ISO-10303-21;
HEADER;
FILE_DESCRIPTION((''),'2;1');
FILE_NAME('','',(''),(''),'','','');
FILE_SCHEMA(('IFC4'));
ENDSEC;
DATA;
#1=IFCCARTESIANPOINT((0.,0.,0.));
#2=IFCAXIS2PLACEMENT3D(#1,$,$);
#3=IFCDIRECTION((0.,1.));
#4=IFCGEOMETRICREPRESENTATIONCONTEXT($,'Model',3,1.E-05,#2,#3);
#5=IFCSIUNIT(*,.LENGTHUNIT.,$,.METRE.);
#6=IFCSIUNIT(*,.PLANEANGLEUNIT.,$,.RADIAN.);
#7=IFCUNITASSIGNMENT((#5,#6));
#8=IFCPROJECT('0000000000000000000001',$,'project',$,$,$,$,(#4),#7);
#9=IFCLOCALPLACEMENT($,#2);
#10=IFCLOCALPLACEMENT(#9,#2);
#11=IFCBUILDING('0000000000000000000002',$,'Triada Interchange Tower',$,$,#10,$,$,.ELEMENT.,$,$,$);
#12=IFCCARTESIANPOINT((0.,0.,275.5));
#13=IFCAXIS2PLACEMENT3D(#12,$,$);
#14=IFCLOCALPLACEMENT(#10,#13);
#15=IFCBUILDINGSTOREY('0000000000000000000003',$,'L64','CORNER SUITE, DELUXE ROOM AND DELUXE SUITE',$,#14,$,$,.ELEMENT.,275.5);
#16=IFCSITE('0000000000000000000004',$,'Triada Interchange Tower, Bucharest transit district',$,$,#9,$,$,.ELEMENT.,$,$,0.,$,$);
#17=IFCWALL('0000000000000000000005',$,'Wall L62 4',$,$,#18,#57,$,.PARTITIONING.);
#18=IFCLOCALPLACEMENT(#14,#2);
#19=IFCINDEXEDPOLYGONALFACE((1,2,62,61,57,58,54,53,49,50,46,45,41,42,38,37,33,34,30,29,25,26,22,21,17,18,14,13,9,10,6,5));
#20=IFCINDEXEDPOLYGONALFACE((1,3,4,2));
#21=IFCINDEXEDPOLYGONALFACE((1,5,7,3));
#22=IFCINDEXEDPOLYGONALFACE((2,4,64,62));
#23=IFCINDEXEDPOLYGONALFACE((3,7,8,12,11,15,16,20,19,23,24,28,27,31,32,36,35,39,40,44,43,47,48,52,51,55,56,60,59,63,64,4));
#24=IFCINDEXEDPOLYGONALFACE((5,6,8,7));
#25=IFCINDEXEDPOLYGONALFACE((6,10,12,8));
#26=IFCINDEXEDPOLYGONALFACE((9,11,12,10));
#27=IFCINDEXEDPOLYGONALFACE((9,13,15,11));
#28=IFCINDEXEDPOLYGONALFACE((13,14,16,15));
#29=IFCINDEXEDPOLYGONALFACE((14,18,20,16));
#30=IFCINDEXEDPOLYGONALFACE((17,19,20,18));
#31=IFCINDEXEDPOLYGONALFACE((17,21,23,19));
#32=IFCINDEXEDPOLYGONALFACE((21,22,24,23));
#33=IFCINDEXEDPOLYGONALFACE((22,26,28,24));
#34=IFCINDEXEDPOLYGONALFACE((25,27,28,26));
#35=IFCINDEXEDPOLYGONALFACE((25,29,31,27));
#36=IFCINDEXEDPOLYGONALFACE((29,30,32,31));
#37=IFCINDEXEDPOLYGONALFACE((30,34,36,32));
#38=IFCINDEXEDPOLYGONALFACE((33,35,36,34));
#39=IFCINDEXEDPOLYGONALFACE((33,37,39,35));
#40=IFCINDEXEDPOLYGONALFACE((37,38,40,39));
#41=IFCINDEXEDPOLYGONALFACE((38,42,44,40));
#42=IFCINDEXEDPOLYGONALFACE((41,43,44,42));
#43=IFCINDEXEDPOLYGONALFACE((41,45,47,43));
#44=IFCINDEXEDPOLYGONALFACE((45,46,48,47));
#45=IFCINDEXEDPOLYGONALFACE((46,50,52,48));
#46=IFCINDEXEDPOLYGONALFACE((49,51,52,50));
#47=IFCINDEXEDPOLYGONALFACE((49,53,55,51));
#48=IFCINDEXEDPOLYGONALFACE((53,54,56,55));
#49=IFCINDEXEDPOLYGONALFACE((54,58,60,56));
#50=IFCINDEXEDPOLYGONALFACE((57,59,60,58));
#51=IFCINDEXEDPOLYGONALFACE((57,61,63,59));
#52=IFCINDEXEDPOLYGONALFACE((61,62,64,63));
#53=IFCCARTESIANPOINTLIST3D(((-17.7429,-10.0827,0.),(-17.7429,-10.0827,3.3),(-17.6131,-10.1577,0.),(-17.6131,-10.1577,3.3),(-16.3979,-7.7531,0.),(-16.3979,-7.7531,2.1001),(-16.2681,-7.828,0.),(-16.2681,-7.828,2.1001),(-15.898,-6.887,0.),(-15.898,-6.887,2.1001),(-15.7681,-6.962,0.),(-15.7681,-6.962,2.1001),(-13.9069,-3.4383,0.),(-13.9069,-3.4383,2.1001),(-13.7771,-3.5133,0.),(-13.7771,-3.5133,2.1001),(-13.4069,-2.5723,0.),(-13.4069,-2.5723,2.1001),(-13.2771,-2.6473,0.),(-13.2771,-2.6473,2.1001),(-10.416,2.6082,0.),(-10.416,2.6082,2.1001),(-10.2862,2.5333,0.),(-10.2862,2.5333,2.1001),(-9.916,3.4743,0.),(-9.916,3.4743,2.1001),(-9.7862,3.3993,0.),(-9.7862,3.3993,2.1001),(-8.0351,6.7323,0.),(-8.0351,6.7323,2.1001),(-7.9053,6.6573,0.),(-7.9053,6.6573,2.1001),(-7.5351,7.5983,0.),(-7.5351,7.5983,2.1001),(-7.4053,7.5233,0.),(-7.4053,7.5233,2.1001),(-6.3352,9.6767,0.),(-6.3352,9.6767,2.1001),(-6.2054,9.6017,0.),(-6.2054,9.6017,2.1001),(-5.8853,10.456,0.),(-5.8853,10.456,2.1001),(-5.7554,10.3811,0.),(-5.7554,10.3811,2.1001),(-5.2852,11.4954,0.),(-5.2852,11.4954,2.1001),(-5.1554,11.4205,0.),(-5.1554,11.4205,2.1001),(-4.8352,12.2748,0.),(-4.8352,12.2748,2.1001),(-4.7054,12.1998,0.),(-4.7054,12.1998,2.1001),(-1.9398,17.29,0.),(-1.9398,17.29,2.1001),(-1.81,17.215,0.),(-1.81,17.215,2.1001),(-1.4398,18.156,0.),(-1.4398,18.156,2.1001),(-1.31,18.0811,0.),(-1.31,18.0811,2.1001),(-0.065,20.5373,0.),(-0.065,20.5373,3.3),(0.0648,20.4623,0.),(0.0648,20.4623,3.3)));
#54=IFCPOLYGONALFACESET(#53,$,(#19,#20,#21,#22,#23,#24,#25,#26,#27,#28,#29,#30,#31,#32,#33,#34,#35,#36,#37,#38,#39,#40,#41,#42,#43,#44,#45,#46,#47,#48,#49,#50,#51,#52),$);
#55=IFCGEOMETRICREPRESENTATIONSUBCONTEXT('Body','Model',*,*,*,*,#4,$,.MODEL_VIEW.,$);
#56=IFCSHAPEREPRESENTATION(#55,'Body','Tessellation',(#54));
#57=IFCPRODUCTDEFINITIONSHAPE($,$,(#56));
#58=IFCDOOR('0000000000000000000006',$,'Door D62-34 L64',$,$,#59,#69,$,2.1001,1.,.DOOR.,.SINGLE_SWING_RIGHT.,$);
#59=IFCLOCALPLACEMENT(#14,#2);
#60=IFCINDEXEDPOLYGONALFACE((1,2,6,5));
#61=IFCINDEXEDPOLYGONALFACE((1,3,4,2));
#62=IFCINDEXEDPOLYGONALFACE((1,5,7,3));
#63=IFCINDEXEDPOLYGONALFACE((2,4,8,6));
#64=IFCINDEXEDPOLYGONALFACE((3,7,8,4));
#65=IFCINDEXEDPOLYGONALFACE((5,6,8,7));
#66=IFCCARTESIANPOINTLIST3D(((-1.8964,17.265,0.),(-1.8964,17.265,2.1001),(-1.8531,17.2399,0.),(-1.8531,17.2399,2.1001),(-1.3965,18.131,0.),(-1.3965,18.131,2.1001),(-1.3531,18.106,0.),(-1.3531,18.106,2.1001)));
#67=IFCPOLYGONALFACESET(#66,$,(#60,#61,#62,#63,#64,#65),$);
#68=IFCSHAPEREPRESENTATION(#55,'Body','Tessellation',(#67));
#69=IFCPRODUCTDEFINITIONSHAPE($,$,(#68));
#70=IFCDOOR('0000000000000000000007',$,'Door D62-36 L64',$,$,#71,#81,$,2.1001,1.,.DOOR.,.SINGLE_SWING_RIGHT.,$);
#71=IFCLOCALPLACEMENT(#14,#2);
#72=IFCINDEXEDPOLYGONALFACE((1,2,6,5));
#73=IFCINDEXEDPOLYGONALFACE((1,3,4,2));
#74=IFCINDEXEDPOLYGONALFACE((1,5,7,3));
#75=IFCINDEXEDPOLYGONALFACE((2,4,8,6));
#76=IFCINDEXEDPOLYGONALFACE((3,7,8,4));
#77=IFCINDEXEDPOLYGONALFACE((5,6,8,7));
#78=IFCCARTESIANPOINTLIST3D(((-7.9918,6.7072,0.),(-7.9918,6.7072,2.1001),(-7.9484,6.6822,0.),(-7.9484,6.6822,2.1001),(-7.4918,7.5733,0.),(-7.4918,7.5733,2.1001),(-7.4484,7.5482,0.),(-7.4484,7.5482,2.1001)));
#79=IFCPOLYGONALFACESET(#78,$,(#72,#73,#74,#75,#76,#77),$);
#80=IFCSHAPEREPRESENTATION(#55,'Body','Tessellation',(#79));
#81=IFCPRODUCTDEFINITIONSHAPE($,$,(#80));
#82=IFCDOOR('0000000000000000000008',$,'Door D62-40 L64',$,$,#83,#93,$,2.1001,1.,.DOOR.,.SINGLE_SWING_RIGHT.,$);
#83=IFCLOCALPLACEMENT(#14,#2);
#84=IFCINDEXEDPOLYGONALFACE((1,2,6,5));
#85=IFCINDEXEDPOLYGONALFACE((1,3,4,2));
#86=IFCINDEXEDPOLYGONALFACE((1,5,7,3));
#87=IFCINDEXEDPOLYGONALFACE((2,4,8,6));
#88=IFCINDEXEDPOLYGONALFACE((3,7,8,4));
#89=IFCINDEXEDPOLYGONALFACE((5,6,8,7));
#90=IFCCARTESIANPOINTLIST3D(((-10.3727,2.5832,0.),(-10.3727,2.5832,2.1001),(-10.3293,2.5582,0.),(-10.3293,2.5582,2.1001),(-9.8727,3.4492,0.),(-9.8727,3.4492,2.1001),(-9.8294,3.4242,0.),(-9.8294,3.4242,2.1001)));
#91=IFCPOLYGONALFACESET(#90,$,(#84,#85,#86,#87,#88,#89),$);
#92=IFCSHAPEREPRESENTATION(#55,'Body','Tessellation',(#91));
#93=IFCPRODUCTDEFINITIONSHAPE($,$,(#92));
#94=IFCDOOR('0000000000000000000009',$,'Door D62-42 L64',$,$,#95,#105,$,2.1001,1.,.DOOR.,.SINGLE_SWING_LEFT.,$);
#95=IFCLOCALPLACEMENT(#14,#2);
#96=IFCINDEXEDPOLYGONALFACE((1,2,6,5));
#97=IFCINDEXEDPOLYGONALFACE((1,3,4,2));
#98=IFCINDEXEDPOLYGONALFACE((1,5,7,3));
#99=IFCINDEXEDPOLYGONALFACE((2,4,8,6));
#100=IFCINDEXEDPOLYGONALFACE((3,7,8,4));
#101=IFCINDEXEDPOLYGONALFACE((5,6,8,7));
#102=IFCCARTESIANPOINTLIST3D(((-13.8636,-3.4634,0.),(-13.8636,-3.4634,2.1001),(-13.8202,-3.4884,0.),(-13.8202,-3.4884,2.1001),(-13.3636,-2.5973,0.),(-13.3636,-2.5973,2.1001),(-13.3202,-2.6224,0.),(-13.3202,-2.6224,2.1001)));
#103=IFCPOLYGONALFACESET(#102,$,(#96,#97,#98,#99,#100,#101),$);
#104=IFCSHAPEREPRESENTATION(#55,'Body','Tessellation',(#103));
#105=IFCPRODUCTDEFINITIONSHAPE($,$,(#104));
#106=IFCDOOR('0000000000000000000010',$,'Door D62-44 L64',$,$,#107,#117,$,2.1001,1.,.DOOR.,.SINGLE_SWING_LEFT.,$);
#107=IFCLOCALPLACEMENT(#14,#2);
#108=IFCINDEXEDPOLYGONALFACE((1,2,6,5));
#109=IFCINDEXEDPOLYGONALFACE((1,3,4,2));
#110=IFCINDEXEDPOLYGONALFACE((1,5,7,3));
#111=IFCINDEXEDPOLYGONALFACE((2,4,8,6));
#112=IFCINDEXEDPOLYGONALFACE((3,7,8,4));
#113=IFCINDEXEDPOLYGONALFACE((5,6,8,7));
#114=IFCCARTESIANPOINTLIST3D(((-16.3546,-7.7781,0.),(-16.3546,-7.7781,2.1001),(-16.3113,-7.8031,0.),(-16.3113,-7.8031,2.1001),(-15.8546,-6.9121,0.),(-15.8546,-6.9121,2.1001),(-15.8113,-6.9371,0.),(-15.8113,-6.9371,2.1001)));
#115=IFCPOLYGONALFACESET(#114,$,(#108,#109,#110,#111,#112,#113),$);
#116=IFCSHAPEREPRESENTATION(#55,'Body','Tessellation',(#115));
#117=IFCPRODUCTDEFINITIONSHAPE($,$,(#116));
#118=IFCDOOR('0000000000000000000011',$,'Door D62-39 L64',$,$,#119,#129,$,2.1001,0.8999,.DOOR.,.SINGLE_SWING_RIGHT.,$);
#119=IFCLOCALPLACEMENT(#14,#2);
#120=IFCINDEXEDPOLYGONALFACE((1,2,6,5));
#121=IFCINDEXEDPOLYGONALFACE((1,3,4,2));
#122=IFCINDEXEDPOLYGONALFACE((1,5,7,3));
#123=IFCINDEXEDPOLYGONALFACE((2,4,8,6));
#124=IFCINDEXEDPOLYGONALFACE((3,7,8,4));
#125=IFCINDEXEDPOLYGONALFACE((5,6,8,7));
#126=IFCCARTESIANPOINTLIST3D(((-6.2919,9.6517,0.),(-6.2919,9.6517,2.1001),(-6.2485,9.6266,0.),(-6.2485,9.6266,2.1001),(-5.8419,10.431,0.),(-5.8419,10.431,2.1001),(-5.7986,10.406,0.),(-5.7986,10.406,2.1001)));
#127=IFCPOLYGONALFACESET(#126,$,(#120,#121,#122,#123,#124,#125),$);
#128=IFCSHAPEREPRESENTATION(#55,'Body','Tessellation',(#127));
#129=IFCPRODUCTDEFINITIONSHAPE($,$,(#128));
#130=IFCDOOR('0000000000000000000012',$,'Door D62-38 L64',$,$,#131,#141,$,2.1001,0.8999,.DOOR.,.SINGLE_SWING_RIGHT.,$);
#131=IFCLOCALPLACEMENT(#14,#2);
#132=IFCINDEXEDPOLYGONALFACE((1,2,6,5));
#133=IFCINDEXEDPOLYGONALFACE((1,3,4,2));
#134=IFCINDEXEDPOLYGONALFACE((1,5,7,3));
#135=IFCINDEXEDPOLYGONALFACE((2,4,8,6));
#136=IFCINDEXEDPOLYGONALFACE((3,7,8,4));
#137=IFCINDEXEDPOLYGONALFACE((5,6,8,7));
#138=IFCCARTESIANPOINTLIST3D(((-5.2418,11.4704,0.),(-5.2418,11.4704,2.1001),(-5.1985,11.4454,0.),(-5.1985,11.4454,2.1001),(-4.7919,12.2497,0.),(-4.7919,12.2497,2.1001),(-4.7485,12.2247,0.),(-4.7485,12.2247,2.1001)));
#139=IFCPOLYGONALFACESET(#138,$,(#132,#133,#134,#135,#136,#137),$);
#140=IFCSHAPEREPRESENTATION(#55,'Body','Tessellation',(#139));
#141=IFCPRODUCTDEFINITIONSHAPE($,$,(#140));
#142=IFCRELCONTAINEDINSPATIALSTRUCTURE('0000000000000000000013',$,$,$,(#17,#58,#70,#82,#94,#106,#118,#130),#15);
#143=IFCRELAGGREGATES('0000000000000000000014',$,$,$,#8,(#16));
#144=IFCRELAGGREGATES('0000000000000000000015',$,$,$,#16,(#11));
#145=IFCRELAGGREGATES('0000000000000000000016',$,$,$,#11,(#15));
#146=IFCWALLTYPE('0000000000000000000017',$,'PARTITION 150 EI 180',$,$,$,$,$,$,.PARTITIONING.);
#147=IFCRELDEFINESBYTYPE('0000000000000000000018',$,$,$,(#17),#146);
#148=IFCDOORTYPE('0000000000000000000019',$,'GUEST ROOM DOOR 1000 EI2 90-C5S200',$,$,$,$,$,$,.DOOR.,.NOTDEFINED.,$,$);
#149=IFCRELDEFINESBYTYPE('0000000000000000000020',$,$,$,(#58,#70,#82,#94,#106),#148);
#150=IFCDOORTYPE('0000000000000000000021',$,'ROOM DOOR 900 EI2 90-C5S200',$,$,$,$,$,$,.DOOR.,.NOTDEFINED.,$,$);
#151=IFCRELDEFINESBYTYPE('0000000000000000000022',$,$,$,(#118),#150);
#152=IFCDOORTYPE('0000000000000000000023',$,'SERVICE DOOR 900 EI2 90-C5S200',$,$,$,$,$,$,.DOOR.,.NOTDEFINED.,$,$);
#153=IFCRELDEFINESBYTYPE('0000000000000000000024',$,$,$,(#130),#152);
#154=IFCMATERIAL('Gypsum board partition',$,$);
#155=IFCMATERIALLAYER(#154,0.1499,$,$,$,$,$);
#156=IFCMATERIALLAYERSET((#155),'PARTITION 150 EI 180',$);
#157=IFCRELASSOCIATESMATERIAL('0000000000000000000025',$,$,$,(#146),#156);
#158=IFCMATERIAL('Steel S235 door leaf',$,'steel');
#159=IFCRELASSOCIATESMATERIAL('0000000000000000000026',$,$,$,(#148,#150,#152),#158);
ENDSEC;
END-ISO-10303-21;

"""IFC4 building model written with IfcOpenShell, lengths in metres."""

from ifc_helpers import new_model, si_unit, direction, frame, frame_2d, origin, place, context, subcontext, project, spatial, rectangle, extrude, material, layer, layer_set, type_object, element, fill, save


model = new_model("IFC4")

# Units and contexts
model_context = context("Model", 3, precision=1e-05, world=origin(), true_north=direction((0.0, 1.0)))
body_context = subcontext(model_context, "Body", "Model", "MODEL_VIEW")
ifc_project = project(units=[si_unit("LENGTHUNIT", "METRE"), si_unit("PLANEANGLEUNIT", "RADIAN")], contexts=[model_context])

# Site, building, storey
site_placement = place(None, origin())
site = spatial("IfcSite", under=ifc_project, at=site_placement, Name="Triada Interchange Tower, Bucharest transit district", CompositionType="ELEMENT", RefElevation=0.0)
building_placement = place(site_placement, origin())
building = spatial("IfcBuilding", under=site, at=building_placement, Name="Triada Interchange Tower", CompositionType="ELEMENT")
storey_placement = place(building_placement, frame((0.0, 0.0, 275.5)))
storey = spatial("IfcBuildingStorey", under=building, at=storey_placement, Name="L64", Description="CORNER SUITE, DELUXE ROOM AND DELUXE SUITE", CompositionType="ELEMENT", Elevation=275.5)

# Wall, openings, doors
ifc_material_1 = material(Name="Gypsum board partition")
ifc_layer = layer(ifc_material_1, 0.1499)
ifc_layer_set = layer_set([ifc_layer], Name="PARTITION 150 EI 180")
wall_type = type_object("IfcWallType", Name="PARTITION 150 EI 180", PredefinedType="PARTITIONING", material=ifc_layer_set)
wall_1_placement = place(storey_placement, frame((-17.678, -10.1201, 0.0), z_axis=(0.0, 0.0, 1.0), x_axis=(0.499988, 0.866032, 0.0)))
wall_1 = element("IfcWall", 1, at=wall_1_placement, inside=storey, type_object=wall_type, Name="Wall L62 4", PredefinedType="PARTITIONING", context=body_context, shape_type="SweptSolid", body=[
    extrude(rectangle(XDim=35.3567, YDim=0.1499, at=frame_2d((17.6782, 0.0))), origin(), (0.0, 0.0, 1.0), 3.3),
])
opening_1_placement = place(wall_1_placement, frame((31.6069, 0.0, 0.0)))
opening_1 = element("IfcOpeningElement", 2, at=opening_1_placement, cuts=wall_1, PredefinedType="OPENING", context=body_context, shape_type="SweptSolid", body=[
    extrude(rectangle(XDim=1.0, YDim=2.1001, at=frame_2d((0.5, 1.05))), frame((0.0, 0.085, 0.0), z_axis=(0.0, -1.0, 0.0), x_axis=(1.0, 0.0, 0.0)), (0.0, 0.0, 1.0), 0.1699),
])
opening_2_placement = place(wall_1_placement, frame((19.416, 0.0, 0.0)))
opening_2 = element("IfcOpeningElement", 3, at=opening_2_placement, cuts=wall_1, PredefinedType="OPENING", context=body_context, shape_type="SweptSolid", body=[
    extrude(rectangle(XDim=1.0, YDim=2.1001, at=frame_2d((0.5, 1.05))), frame((0.0, 0.085, 0.0), z_axis=(0.0, -1.0, 0.0), x_axis=(1.0, 0.0, 0.0)), (0.0, 0.0, 1.0), 0.1699),
])
opening_3_placement = place(wall_1_placement, frame((24.916, 0.0, 0.0)))
opening_3 = element("IfcOpeningElement", 4, at=opening_3_placement, cuts=wall_1, PredefinedType="OPENING", context=body_context, shape_type="SweptSolid", body=[
    extrude(rectangle(XDim=0.8999, YDim=2.1001, at=frame_2d((0.45, 1.05))), frame((0.0, 0.085, 0.0), z_axis=(0.0, -1.0, 0.0), x_axis=(1.0, 0.0, 0.0)), (0.0, 0.0, 1.0), 0.1699),
])
opening_4_placement = place(wall_1_placement, frame((22.8159, 0.0, 0.0)))
opening_4 = element("IfcOpeningElement", 5, at=opening_4_placement, cuts=wall_1, PredefinedType="OPENING", context=body_context, shape_type="SweptSolid", body=[
    extrude(rectangle(XDim=0.8999, YDim=2.1001, at=frame_2d((0.45, 1.05))), frame((0.0, 0.085, 0.0), z_axis=(0.0, -1.0, 0.0), x_axis=(1.0, 0.0, 0.0)), (0.0, 0.0, 1.0), 0.1699),
])
opening_5_placement = place(wall_1_placement, frame((14.6541, 0.0, 0.0)))
opening_5 = element("IfcOpeningElement", 6, at=opening_5_placement, cuts=wall_1, PredefinedType="OPENING", context=body_context, shape_type="SweptSolid", body=[
    extrude(rectangle(XDim=1.0, YDim=2.1001, at=frame_2d((0.5, 1.05))), frame((0.0, 0.085, 0.0), z_axis=(0.0, -1.0, 0.0), x_axis=(1.0, 0.0, 0.0)), (0.0, 0.0, 1.0), 0.1699),
])
opening_6_placement = place(wall_1_placement, frame((7.6721, 0.0, 0.0)))
opening_6 = element("IfcOpeningElement", 7, at=opening_6_placement, cuts=wall_1, PredefinedType="OPENING", context=body_context, shape_type="SweptSolid", body=[
    extrude(rectangle(XDim=1.0, YDim=2.1001, at=frame_2d((0.5, 1.05))), frame((0.0, 0.085, 0.0), z_axis=(0.0, -1.0, 0.0), x_axis=(1.0, 0.0, 0.0)), (0.0, 0.0, 1.0), 0.1699),
])
opening_7_placement = place(wall_1_placement, frame((2.6899, 0.0, 0.0)))
opening_7 = element("IfcOpeningElement", 8, at=opening_7_placement, cuts=wall_1, PredefinedType="OPENING", context=body_context, shape_type="SweptSolid", body=[
    extrude(rectangle(XDim=1.0, YDim=2.1001, at=frame_2d((0.5, 1.05))), frame((0.0, 0.085, 0.0), z_axis=(0.0, -1.0, 0.0), x_axis=(1.0, 0.0, 0.0)), (0.0, 0.0, 1.0), 0.1699),
])
ifc_material_2 = material(Name="Steel S235 door leaf", Category="steel")
door_type_1 = type_object("IfcDoorType", Name="GUEST ROOM DOOR 1000 EI2 90-C5S200", OperationType="NOTDEFINED", PredefinedType="DOOR", material=ifc_material_2)
door_1_placement = place(opening_1_placement, origin())
door_1 = element("IfcDoor", 9, at=door_1_placement, inside=storey, type_object=door_type_1, Name="Door D62-34 L64", OperationType="SINGLE_SWING_RIGHT", OverallHeight=2.1001, OverallWidth=1.0, PredefinedType="DOOR", context=body_context, shape_type="SweptSolid", body=[
    extrude(rectangle(XDim=1.0, YDim=2.1001, at=frame_2d((0.5, 1.05))), frame((0.0, 0.0249, 0.0), z_axis=(0.0, -1.0, 0.0), x_axis=(1.0, 0.0, 0.0)), (0.0, 0.0, 1.0), 0.05),
])
fill(opening_1, door_1)
door_2_placement = place(opening_2_placement, origin())
door_2 = element("IfcDoor", 10, at=door_2_placement, inside=storey, type_object=door_type_1, Name="Door D62-36 L64", OperationType="SINGLE_SWING_RIGHT", OverallHeight=2.1001, OverallWidth=1.0, PredefinedType="DOOR", context=body_context, shape_type="SweptSolid", body=[
    extrude(rectangle(XDim=1.0, YDim=2.1001, at=frame_2d((0.5, 1.05))), frame((0.0, 0.0249, 0.0), z_axis=(0.0, -1.0, 0.0), x_axis=(1.0, 0.0, 0.0)), (0.0, 0.0, 1.0), 0.05),
])
fill(opening_2, door_2)
door_3_placement = place(opening_5_placement, origin())
door_3 = element("IfcDoor", 11, at=door_3_placement, inside=storey, type_object=door_type_1, Name="Door D62-40 L64", OperationType="SINGLE_SWING_RIGHT", OverallHeight=2.1001, OverallWidth=1.0, PredefinedType="DOOR", context=body_context, shape_type="SweptSolid", body=[
    extrude(rectangle(XDim=1.0, YDim=2.1001, at=frame_2d((0.5, 1.05))), frame((0.0, 0.0249, 0.0), z_axis=(0.0, -1.0, 0.0), x_axis=(1.0, 0.0, 0.0)), (0.0, 0.0, 1.0), 0.05),
])
fill(opening_5, door_3)
door_4_placement = place(opening_6_placement, origin())
door_4 = element("IfcDoor", 12, at=door_4_placement, inside=storey, type_object=door_type_1, Name="Door D62-42 L64", OperationType="SINGLE_SWING_LEFT", OverallHeight=2.1001, OverallWidth=1.0, PredefinedType="DOOR", context=body_context, shape_type="SweptSolid", body=[
    extrude(rectangle(XDim=1.0, YDim=2.1001, at=frame_2d((0.5, 1.05))), frame((0.0, 0.0249, 0.0), z_axis=(0.0, -1.0, 0.0), x_axis=(1.0, 0.0, 0.0)), (0.0, 0.0, 1.0), 0.05),
])
fill(opening_6, door_4)
door_5_placement = place(opening_7_placement, origin())
door_5 = element("IfcDoor", 13, at=door_5_placement, inside=storey, type_object=door_type_1, Name="Door D62-44 L64", OperationType="SINGLE_SWING_LEFT", OverallHeight=2.1001, OverallWidth=1.0, PredefinedType="DOOR", context=body_context, shape_type="SweptSolid", body=[
    extrude(rectangle(XDim=1.0, YDim=2.1001, at=frame_2d((0.5, 1.05))), frame((0.0, 0.0249, 0.0), z_axis=(0.0, -1.0, 0.0), x_axis=(1.0, 0.0, 0.0)), (0.0, 0.0, 1.0), 0.05),
])
fill(opening_7, door_5)
door_type_2 = type_object("IfcDoorType", Name="ROOM DOOR 900 EI2 90-C5S200", OperationType="NOTDEFINED", PredefinedType="DOOR", material=ifc_material_2)
door_6_placement = place(opening_4_placement, origin())
door_6 = element("IfcDoor", 14, at=door_6_placement, inside=storey, type_object=door_type_2, Name="Door D62-39 L64", OperationType="SINGLE_SWING_RIGHT", OverallHeight=2.1001, OverallWidth=0.8999, PredefinedType="DOOR", context=body_context, shape_type="SweptSolid", body=[
    extrude(rectangle(XDim=0.8999, YDim=2.1001, at=frame_2d((0.45, 1.05))), frame((0.0, 0.0249, 0.0), z_axis=(0.0, -1.0, 0.0), x_axis=(1.0, 0.0, 0.0)), (0.0, 0.0, 1.0), 0.05),
])
fill(opening_4, door_6)
door_type_3 = type_object("IfcDoorType", Name="SERVICE DOOR 900 EI2 90-C5S200", OperationType="NOTDEFINED", PredefinedType="DOOR", material=ifc_material_2)
door_7_placement = place(opening_3_placement, origin())
door_7 = element("IfcDoor", 15, at=door_7_placement, inside=storey, type_object=door_type_3, Name="Door D62-38 L64", OperationType="SINGLE_SWING_RIGHT", OverallHeight=2.1001, OverallWidth=0.8999, PredefinedType="DOOR", context=body_context, shape_type="SweptSolid", body=[
    extrude(rectangle(XDim=0.8999, YDim=2.1001, at=frame_2d((0.45, 1.05))), frame((0.0, 0.0249, 0.0), z_axis=(0.0, -1.0, 0.0), x_axis=(1.0, 0.0, 0.0)), (0.0, 0.0, 1.0), 0.05),
])
fill(opening_3, door_7)

save(model, "model.ifc")
